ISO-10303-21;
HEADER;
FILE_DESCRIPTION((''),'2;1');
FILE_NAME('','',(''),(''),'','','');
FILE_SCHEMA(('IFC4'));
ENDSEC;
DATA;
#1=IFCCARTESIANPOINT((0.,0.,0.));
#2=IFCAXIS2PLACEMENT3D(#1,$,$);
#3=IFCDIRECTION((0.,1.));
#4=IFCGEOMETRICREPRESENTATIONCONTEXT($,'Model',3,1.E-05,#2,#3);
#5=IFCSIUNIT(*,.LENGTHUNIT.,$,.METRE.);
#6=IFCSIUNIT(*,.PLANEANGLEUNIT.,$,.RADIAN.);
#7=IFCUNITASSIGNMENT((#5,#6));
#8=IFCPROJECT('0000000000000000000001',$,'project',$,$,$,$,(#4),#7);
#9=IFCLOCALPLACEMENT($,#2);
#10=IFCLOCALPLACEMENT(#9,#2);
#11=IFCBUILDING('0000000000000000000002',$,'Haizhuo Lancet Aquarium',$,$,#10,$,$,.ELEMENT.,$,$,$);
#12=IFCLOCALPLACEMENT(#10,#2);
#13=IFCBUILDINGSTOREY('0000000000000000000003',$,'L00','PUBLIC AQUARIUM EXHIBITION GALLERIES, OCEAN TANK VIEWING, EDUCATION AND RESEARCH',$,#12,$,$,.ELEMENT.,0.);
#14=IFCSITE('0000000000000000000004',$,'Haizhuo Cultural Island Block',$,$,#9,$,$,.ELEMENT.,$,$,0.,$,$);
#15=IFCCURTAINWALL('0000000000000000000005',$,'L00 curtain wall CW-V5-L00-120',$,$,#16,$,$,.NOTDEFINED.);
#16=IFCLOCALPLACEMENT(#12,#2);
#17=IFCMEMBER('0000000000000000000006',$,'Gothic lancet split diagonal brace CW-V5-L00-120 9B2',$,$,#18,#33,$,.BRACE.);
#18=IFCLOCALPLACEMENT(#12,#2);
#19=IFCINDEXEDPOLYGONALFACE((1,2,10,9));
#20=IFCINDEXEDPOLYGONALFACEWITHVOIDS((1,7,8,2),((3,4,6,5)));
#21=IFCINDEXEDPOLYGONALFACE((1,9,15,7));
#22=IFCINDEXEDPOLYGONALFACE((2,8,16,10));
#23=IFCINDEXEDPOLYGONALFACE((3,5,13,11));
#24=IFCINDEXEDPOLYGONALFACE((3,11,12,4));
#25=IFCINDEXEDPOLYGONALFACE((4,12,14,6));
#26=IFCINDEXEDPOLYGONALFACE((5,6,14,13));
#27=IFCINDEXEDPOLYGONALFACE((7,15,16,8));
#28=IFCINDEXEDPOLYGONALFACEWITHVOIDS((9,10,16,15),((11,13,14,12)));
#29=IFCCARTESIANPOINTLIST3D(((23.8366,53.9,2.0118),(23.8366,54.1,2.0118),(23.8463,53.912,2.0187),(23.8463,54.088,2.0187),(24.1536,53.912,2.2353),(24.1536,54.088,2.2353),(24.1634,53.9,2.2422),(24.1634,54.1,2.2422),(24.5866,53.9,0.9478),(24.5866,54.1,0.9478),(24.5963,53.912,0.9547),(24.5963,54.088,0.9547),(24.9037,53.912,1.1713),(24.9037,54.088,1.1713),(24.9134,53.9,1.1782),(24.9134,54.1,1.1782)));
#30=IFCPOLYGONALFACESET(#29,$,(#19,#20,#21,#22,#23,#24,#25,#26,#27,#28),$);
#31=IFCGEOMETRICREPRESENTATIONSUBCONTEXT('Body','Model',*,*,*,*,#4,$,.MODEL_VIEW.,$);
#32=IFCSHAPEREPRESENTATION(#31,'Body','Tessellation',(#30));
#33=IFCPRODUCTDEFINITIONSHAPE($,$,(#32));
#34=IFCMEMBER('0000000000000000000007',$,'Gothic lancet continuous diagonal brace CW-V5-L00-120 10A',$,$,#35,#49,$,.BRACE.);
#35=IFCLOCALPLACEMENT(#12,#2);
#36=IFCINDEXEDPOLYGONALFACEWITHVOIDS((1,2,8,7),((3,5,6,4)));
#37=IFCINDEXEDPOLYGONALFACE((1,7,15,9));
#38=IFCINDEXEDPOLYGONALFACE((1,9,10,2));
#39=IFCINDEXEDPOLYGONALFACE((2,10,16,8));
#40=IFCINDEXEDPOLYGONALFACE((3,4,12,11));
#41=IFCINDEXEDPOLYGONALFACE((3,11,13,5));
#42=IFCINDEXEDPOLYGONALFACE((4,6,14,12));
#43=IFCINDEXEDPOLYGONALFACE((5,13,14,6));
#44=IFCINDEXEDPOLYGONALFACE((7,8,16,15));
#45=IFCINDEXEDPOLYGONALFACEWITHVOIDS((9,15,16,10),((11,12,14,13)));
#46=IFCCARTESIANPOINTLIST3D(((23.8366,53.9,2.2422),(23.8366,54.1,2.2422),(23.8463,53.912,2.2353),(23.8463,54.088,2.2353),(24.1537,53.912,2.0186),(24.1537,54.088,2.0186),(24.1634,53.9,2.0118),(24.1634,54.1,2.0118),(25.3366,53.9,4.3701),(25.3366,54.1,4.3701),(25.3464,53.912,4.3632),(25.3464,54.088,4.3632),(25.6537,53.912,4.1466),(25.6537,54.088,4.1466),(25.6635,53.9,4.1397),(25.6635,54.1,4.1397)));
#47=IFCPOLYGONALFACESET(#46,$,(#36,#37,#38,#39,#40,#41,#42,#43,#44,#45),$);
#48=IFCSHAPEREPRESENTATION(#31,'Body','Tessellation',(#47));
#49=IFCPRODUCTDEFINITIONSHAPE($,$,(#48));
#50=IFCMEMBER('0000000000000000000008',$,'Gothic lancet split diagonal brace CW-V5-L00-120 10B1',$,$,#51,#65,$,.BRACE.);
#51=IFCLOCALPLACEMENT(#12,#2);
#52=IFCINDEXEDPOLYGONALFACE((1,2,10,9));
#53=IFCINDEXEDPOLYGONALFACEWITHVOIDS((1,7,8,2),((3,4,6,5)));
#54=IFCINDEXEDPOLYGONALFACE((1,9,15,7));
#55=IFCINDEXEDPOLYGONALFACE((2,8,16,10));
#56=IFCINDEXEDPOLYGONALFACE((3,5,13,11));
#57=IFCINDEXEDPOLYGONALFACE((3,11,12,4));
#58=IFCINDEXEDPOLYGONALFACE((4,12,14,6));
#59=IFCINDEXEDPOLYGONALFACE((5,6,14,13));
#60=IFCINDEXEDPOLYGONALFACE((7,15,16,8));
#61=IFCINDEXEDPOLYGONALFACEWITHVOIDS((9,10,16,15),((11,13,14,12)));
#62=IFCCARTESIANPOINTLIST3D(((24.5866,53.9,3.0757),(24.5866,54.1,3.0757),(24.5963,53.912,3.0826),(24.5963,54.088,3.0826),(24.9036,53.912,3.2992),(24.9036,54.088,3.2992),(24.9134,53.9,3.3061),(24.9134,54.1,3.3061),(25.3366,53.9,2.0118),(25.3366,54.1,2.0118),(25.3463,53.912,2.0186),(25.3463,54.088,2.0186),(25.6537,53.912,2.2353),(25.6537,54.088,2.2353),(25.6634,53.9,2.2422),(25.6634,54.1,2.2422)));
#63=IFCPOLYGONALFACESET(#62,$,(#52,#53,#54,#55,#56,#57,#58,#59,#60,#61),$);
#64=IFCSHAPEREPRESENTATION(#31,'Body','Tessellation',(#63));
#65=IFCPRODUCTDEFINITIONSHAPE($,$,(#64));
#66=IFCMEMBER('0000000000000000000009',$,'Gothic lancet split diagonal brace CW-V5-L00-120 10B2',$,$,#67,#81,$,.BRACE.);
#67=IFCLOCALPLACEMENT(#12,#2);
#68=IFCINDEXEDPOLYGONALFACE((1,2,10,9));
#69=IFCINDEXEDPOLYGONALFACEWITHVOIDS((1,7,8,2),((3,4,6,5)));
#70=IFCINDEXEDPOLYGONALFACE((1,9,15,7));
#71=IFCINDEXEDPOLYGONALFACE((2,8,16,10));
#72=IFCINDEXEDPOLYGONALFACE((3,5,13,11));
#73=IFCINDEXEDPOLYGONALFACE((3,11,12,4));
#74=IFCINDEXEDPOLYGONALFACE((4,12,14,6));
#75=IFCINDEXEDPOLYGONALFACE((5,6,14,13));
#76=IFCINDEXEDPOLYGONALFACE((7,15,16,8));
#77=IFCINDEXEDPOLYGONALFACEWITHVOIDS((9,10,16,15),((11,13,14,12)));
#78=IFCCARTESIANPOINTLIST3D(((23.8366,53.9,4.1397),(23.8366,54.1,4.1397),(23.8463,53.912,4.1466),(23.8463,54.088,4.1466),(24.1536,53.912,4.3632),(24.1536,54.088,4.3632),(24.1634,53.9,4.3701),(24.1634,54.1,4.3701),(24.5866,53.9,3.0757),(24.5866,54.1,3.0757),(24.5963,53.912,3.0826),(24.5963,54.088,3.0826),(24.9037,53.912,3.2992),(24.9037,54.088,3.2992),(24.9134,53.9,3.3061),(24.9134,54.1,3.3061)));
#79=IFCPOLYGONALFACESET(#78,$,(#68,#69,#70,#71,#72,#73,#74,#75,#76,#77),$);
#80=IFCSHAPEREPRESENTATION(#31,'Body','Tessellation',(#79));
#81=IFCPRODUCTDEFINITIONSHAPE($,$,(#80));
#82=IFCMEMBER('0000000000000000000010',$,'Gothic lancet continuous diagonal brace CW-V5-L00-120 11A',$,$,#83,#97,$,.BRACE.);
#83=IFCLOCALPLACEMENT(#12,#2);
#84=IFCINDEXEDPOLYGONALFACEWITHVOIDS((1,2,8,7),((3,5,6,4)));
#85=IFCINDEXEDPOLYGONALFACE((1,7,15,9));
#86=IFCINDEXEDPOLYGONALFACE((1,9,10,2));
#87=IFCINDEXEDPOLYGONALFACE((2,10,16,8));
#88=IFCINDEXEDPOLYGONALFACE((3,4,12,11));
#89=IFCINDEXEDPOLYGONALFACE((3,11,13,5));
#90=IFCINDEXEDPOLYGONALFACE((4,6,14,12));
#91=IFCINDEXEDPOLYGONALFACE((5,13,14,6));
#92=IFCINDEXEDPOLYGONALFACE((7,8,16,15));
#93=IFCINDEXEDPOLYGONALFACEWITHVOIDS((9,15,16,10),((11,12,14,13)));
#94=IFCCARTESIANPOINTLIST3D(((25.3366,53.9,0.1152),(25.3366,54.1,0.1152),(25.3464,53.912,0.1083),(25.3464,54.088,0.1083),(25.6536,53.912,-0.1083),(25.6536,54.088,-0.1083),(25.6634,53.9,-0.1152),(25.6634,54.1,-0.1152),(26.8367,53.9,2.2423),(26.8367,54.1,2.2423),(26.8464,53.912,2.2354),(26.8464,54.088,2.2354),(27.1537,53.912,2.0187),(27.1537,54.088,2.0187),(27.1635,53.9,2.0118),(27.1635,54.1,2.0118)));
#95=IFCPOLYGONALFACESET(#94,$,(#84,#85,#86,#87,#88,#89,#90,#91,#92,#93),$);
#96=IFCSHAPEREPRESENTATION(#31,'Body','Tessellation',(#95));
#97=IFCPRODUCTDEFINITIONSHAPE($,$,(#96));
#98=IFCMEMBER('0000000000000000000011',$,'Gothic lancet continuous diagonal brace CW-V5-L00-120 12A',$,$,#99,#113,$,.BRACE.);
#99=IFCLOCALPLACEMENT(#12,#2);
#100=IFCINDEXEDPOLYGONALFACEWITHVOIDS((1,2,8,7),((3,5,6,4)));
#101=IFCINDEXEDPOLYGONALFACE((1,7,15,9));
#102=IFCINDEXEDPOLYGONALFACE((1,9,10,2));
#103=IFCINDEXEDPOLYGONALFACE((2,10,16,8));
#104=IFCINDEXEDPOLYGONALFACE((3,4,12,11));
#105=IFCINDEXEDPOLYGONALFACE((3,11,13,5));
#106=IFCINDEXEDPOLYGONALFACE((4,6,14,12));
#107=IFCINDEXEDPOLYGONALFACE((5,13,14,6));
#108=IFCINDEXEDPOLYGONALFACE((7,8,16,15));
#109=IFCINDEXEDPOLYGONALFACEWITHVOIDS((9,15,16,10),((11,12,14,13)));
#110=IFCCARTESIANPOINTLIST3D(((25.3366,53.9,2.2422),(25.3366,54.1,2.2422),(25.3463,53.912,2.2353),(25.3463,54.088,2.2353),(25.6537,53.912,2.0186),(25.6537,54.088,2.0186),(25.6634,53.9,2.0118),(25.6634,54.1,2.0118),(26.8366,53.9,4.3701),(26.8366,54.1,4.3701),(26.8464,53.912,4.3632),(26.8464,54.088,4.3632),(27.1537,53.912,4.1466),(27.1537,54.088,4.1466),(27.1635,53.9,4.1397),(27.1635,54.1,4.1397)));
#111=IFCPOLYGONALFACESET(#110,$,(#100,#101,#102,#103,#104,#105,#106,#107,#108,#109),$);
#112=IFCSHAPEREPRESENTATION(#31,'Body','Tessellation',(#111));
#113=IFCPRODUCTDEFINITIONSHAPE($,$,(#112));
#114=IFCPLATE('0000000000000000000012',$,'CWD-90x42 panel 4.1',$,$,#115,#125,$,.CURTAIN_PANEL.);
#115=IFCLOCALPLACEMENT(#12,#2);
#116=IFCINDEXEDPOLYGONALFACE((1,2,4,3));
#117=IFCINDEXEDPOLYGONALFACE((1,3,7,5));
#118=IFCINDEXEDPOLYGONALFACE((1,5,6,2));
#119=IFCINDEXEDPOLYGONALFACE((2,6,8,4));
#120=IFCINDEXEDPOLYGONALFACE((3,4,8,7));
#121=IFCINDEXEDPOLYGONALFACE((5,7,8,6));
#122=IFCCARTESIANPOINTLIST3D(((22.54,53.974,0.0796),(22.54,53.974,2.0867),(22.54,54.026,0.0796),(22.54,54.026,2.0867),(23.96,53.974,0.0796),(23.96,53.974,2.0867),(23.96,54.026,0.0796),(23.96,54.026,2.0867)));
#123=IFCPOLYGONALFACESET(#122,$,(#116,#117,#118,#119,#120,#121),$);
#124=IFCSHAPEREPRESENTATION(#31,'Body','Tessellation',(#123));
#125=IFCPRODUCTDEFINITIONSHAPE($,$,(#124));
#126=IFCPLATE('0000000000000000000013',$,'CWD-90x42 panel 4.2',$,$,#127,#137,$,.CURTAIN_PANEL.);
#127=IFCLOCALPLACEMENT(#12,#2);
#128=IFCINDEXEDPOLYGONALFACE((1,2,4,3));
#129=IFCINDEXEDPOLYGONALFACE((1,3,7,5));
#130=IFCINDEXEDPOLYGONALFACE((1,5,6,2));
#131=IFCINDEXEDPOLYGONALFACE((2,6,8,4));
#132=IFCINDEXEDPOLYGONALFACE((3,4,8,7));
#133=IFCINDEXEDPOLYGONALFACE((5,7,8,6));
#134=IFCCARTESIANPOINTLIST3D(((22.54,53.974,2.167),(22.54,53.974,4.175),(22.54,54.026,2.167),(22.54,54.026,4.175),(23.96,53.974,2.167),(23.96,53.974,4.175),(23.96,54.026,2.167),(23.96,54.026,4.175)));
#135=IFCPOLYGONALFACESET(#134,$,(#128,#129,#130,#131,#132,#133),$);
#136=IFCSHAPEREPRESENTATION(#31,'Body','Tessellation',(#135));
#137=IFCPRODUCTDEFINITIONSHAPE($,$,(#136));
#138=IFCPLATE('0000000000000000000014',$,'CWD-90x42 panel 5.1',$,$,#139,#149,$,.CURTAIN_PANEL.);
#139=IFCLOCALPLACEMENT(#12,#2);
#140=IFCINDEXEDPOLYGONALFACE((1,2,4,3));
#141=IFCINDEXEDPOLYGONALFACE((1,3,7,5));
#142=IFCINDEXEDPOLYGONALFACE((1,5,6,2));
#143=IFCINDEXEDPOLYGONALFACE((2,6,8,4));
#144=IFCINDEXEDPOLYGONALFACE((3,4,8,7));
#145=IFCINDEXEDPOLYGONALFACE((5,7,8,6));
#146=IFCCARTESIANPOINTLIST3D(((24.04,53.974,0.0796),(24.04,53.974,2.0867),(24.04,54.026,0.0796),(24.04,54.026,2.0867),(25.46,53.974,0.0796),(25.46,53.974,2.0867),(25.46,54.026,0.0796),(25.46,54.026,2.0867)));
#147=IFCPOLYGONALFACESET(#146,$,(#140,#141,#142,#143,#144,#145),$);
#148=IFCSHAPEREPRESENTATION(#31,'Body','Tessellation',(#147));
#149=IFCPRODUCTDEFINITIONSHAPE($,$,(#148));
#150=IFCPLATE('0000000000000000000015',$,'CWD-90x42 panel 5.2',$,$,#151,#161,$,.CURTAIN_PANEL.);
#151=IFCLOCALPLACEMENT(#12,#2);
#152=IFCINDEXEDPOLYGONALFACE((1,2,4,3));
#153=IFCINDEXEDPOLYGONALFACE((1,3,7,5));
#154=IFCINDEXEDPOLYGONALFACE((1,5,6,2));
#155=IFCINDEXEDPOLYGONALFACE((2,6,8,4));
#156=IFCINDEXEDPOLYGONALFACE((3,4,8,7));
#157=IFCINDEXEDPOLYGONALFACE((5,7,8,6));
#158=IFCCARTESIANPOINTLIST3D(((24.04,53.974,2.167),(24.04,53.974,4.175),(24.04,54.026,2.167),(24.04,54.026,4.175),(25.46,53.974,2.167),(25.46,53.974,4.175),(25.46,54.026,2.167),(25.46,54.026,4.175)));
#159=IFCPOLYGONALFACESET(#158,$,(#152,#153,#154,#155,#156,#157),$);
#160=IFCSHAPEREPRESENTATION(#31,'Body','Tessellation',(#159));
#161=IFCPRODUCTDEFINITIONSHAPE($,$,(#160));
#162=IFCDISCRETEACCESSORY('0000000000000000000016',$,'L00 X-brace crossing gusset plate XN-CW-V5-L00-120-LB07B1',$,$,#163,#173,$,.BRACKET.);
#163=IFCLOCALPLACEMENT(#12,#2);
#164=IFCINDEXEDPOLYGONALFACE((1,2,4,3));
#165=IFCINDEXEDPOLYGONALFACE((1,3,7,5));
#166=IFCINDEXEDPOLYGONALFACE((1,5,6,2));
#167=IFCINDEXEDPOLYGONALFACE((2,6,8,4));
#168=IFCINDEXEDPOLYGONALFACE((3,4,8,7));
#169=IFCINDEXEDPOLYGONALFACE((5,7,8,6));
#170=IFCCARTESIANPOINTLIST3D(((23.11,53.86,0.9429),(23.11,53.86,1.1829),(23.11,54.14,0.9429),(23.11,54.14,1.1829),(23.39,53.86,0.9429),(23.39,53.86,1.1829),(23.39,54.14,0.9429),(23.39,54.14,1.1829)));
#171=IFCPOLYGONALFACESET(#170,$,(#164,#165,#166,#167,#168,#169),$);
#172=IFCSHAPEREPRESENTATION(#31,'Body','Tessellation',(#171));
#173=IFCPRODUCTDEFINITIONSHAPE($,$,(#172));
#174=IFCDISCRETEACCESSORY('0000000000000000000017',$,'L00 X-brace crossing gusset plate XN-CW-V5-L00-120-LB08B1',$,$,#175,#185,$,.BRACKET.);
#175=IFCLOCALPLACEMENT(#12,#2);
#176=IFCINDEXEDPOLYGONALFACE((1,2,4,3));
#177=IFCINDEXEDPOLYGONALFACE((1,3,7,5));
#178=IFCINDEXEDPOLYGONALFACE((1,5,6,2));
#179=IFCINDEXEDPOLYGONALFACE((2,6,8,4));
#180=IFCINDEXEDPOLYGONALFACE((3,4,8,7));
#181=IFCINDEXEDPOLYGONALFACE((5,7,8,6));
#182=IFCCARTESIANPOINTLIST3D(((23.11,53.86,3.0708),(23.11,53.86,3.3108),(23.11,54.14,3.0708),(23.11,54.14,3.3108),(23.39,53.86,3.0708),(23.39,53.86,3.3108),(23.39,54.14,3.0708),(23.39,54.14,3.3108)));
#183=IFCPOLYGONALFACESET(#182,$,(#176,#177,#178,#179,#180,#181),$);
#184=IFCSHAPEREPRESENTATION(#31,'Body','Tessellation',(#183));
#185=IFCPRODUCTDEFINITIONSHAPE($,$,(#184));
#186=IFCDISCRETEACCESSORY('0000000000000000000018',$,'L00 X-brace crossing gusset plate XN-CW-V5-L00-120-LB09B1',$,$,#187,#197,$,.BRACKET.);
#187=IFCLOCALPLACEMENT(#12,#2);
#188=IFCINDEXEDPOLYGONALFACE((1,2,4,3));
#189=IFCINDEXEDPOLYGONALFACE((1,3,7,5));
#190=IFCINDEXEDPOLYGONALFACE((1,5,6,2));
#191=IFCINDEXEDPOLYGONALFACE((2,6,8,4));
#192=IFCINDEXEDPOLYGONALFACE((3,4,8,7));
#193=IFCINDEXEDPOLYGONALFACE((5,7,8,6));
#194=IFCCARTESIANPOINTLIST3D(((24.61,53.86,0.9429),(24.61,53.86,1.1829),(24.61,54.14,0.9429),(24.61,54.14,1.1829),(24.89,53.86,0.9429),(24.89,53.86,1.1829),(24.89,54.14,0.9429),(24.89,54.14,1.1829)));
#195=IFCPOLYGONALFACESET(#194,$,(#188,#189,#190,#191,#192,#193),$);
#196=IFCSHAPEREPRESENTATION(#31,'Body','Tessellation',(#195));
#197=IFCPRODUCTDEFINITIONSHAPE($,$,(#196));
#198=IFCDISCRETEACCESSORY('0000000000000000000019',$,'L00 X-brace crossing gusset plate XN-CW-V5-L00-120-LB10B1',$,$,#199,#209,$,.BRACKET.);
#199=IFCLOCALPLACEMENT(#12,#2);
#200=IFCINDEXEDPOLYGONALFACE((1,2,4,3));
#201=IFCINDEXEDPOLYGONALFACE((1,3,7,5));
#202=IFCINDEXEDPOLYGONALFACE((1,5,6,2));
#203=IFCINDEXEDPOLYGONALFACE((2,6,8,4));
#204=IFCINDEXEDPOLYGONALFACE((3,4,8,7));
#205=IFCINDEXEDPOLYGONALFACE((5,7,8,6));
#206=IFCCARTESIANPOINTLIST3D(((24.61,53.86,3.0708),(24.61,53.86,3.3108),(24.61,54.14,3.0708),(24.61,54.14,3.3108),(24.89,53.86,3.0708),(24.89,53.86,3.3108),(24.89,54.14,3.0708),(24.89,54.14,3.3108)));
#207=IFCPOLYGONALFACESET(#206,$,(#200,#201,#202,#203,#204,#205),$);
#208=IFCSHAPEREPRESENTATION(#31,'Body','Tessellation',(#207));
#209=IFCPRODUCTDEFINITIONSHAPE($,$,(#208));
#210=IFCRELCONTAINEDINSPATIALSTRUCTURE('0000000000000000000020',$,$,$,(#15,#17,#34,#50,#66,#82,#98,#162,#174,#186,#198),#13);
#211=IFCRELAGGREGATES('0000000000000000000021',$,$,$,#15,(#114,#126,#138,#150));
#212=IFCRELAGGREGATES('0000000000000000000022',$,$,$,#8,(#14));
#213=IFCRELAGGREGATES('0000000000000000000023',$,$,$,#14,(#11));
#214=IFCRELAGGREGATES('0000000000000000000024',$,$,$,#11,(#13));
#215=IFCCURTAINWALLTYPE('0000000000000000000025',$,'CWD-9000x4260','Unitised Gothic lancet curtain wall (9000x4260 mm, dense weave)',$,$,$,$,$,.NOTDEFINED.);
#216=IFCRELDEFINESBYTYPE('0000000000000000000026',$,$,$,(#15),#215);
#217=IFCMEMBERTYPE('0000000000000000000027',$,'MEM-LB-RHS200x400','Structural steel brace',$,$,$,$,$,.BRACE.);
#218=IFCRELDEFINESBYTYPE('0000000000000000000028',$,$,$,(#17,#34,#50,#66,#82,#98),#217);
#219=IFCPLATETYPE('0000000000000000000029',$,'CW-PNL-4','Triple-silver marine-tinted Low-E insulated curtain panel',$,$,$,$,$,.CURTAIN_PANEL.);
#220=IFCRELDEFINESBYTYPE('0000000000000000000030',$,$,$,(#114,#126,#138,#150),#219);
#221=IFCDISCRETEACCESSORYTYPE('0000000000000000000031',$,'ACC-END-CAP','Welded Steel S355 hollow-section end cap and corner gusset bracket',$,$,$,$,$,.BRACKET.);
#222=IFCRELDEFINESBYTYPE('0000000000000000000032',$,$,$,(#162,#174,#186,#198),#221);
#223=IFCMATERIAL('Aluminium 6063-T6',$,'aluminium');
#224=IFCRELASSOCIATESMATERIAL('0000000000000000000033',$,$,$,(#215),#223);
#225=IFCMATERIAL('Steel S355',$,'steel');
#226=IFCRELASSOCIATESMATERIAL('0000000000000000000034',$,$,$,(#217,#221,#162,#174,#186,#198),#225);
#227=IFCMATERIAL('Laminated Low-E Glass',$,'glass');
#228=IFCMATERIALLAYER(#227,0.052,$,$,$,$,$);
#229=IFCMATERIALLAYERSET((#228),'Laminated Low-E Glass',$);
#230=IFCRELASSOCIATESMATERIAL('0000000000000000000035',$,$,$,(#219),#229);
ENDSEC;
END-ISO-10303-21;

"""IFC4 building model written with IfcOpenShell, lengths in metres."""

from ifc_helpers import new_model, si_unit, direction, frame, origin, origin_2d, place, context, subcontext, project, spatial, rectangle, hollow_rectangle, extrude, material, layer, layer_set, material_profile, profile_set, type_object, element, aggregate, save


model = new_model("IFC4")

# Units and contexts
model_context = context("Model", 3, precision=1e-05, world=origin(), true_north=direction((0.0, 1.0)))
body_context = subcontext(model_context, "Body", "Model", "MODEL_VIEW")
ifc_project = project(units=[si_unit("LENGTHUNIT", "METRE"), si_unit("PLANEANGLEUNIT", "RADIAN")], contexts=[model_context])

# Site, building, storey
site_placement = place(None, origin())
site = spatial("IfcSite", under=ifc_project, at=site_placement, Name="Haizhuo Cultural Island Block", CompositionType="ELEMENT", RefElevation=0.0)
building_placement = place(site_placement, origin())
building = spatial("IfcBuilding", under=site, at=building_placement, Name="Haizhuo Lancet Aquarium", CompositionType="ELEMENT")
storey_placement = place(building_placement, origin())
storey = spatial("IfcBuildingStorey", under=building, at=storey_placement, Name="L00", Description="PUBLIC AQUARIUM EXHIBITION GALLERIES, OCEAN TANK VIEWING, EDUCATION AND RESEARCH", CompositionType="ELEMENT", Elevation=0.0)

# Curtain wall
ifc_material_1 = material(Name="Aluminium 6063-T6", Category="aluminium")
curtain_wall_type = type_object("IfcCurtainWallType", Name="CWD-9000x4260", Description="Unitised Gothic lancet curtain wall (9000x4260 mm, dense weave)", PredefinedType="NOTDEFINED", material=ifc_material_1)
curtain_wall_placement = place(storey_placement, origin())
curtain_wall = element("IfcCurtainWall", 1, at=curtain_wall_placement, inside=storey, type_object=curtain_wall_type, Name="L00 curtain wall CW-V5-L00-120", PredefinedType="NOTDEFINED")

# Members
ifc_material_2 = material(Name="Steel S355", Category="steel")
ifc_material_profile_1 = material_profile(ifc_material_2, hollow_rectangle(XDim=0.2, YDim=0.3999, WallThickness=0.012, at=origin_2d()), Name="RHS 200x400x12")
ifc_profile_set_1 = profile_set([ifc_material_profile_1], Name="Steel S355")
member_type_1 = type_object("IfcMemberType", Name="MEM-LB-RHS200x400", Description="Structural steel brace", PredefinedType="BRACE", material=ifc_profile_set_1)
member_1_placement = place(storey_placement, frame((24.75, 54.0, 1.063), z_axis=(-0.576153, 0.0, 0.817342), x_axis=(0.0, -1.0, 0.0)))
element("IfcMember", 2, at=member_1_placement, inside=storey, type_object=member_type_1, Name="Gothic lancet split diagonal brace CW-V5-L00-120 9B2", PredefinedType="BRACE", context=body_context, shape_type="SweptSolid", body=[
    extrude(hollow_rectangle(XDim=0.2, YDim=0.3999, WallThickness=0.012, at=origin_2d()), origin(), (0.0, 0.0, 1.0), 1.3018),
])
member_2_placement = place(storey_placement, frame((24.0, 54.0, 2.127), z_axis=(0.576153, 0.0, 0.817342), x_axis=(0.0, 1.0, 0.0)))
element("IfcMember", 3, at=member_2_placement, inside=storey, type_object=member_type_1, Name="Gothic lancet continuous diagonal brace CW-V5-L00-120 10A", PredefinedType="BRACE", context=body_context, shape_type="SweptSolid", body=[
    extrude(hollow_rectangle(XDim=0.2, YDim=0.3999, WallThickness=0.012, at=origin_2d()), origin(), (0.0, 0.0, 1.0), 2.6035),
])
for number, where, z_axis, x_axis, name in (
    (4, (25.5, 54.0, 2.127), (-0.576153, 0.0, 0.817342), (0.0, -1.0, 0.0), "Gothic lancet split diagonal brace CW-V5-L00-120 10B1"),
    (5, (24.75, 54.0, 3.1909), (-0.576153, 0.0, 0.817342), (0.0, -1.0, 0.0), "Gothic lancet split diagonal brace CW-V5-L00-120 10B2"),
):
    element("IfcMember", number, at=place(storey_placement, frame(where, z_axis=z_axis, x_axis=x_axis)), inside=storey, type_object=member_type_1, Name=name, PredefinedType="BRACE", context=body_context, shape_type="SweptSolid", body=[
        extrude(hollow_rectangle(XDim=0.2, YDim=0.3999, WallThickness=0.012, at=origin_2d()), origin(), (0.0, 0.0, 1.0), 1.3018),
    ])
member_3_placement = place(storey_placement, frame((25.5, 54.0, 0.0), z_axis=(0.57633, 0.0, 0.817217), x_axis=(0.0, 1.0, 0.0)))
element("IfcMember", 6, at=member_3_placement, inside=storey, type_object=member_type_1, Name="Gothic lancet continuous diagonal brace CW-V5-L00-120 11A", PredefinedType="BRACE", context=body_context, shape_type="SweptSolid", body=[
    extrude(hollow_rectangle(XDim=0.2, YDim=0.3999, WallThickness=0.012, at=origin_2d()), origin(), (0.0, 0.0, 1.0), 2.6028),
])
member_4_placement = place(storey_placement, frame((25.5, 54.0, 2.127), z_axis=(0.576153, 0.0, 0.817342), x_axis=(0.0, 1.0, 0.0)))
element("IfcMember", 7, at=member_4_placement, inside=storey, type_object=member_type_1, Name="Gothic lancet continuous diagonal brace CW-V5-L00-120 12A", PredefinedType="BRACE", context=body_context, shape_type="SweptSolid", body=[
    extrude(hollow_rectangle(XDim=0.2, YDim=0.3999, WallThickness=0.012, at=origin_2d()), origin(), (0.0, 0.0, 1.0), 2.6035),
])

# Plates
ifc_material_3 = material(Name="Laminated Low-E Glass", Category="glass")
ifc_layer = layer(ifc_material_3, 0.052)
ifc_layer_set = layer_set([ifc_layer], Name="Laminated Low-E Glass")
plate_type = type_object("IfcPlateType", Name="CW-PNL-4", Description="Triple-silver marine-tinted Low-E insulated curtain panel", PredefinedType="CURTAIN_PANEL", material=ifc_layer_set)
plate_1_placement = place(storey_placement, frame((23.25, 54.0, 0.0796), z_axis=(0.0, 0.0, 1.0), x_axis=(1.0, 0.0, 0.0)))
plate_1 = element("IfcPlate", 8, at=plate_1_placement, type_object=plate_type, Name="CWD-90x42 panel 4.1", PredefinedType="CURTAIN_PANEL", context=body_context, shape_type="SweptSolid", body=[
    extrude(rectangle(XDim=1.4199, YDim=0.052, at=origin_2d()), origin(), (0.0, 0.0, 1.0), 2.0071),
])
plate_2_placement = place(storey_placement, frame((23.25, 54.0, 2.167), z_axis=(0.0, 0.0, 1.0), x_axis=(1.0, 0.0, 0.0)))
plate_2 = element("IfcPlate", 9, at=plate_2_placement, type_object=plate_type, Name="CWD-90x42 panel 4.2", PredefinedType="CURTAIN_PANEL", context=body_context, shape_type="SweptSolid", body=[
    extrude(rectangle(XDim=1.4199, YDim=0.052, at=origin_2d()), origin(), (0.0, 0.0, 1.0), 2.0081),
])
plate_3_placement = place(storey_placement, frame((24.75, 54.0, 0.0796), z_axis=(0.0, 0.0, 1.0), x_axis=(1.0, 0.0, 0.0)))
plate_3 = element("IfcPlate", 10, at=plate_3_placement, type_object=plate_type, Name="CWD-90x42 panel 5.1", PredefinedType="CURTAIN_PANEL", context=body_context, shape_type="SweptSolid", body=[
    extrude(rectangle(XDim=1.4199, YDim=0.052, at=origin_2d()), origin(), (0.0, 0.0, 1.0), 2.0071),
])
plate_4_placement = place(storey_placement, frame((24.75, 54.0, 2.167), z_axis=(0.0, 0.0, 1.0), x_axis=(1.0, 0.0, 0.0)))
plate_4 = element("IfcPlate", 11, at=plate_4_placement, type_object=plate_type, Name="CWD-90x42 panel 5.2", PredefinedType="CURTAIN_PANEL", context=body_context, shape_type="SweptSolid", body=[
    extrude(rectangle(XDim=1.4199, YDim=0.052, at=origin_2d()), origin(), (0.0, 0.0, 1.0), 2.0081),
])
aggregate(curtain_wall, [plate_1, plate_2, plate_3, plate_4])

# Discrete accessories
discrete_accessory_type = type_object("IfcDiscreteAccessoryType", Name="ACC-END-CAP", Description="Welded Steel S355 hollow-section end cap and corner gusset bracket", PredefinedType="BRACKET", material=ifc_material_2)
for number, where, z_axis, x_axis, name in (
    (12, (23.25, 54.0, 0.9429), (0.0, 0.0, 1.0), (1.0, 0.0, 0.0), "L00 X-brace crossing gusset plate XN-CW-V5-L00-120-LB07B1"),
    (13, (23.25, 54.0, 3.0708), (0.0, 0.0, 1.0), (1.0, 0.0, 0.0), "L00 X-brace crossing gusset plate XN-CW-V5-L00-120-LB08B1"),
    (14, (24.75, 54.0, 0.9429), (0.0, 0.0, 1.0), (1.0, 0.0, 0.0), "L00 X-brace crossing gusset plate XN-CW-V5-L00-120-LB09B1"),
    (15, (24.75, 54.0, 3.0708), (0.0, 0.0, 1.0), (1.0, 0.0, 0.0), "L00 X-brace crossing gusset plate XN-CW-V5-L00-120-LB10B1"),
):
    element("IfcDiscreteAccessory", number, at=place(storey_placement, frame(where, z_axis=z_axis, x_axis=x_axis)), inside=storey, type_object=discrete_accessory_type, material=ifc_material_2, Name=name, PredefinedType="BRACKET", context=body_context, shape_type="SweptSolid", body=[
        extrude(rectangle(XDim=0.28, YDim=0.28, at=origin_2d()), origin(), (0.0, 0.0, 1.0), 0.24),
    ])

save(model, "model.ifc")
